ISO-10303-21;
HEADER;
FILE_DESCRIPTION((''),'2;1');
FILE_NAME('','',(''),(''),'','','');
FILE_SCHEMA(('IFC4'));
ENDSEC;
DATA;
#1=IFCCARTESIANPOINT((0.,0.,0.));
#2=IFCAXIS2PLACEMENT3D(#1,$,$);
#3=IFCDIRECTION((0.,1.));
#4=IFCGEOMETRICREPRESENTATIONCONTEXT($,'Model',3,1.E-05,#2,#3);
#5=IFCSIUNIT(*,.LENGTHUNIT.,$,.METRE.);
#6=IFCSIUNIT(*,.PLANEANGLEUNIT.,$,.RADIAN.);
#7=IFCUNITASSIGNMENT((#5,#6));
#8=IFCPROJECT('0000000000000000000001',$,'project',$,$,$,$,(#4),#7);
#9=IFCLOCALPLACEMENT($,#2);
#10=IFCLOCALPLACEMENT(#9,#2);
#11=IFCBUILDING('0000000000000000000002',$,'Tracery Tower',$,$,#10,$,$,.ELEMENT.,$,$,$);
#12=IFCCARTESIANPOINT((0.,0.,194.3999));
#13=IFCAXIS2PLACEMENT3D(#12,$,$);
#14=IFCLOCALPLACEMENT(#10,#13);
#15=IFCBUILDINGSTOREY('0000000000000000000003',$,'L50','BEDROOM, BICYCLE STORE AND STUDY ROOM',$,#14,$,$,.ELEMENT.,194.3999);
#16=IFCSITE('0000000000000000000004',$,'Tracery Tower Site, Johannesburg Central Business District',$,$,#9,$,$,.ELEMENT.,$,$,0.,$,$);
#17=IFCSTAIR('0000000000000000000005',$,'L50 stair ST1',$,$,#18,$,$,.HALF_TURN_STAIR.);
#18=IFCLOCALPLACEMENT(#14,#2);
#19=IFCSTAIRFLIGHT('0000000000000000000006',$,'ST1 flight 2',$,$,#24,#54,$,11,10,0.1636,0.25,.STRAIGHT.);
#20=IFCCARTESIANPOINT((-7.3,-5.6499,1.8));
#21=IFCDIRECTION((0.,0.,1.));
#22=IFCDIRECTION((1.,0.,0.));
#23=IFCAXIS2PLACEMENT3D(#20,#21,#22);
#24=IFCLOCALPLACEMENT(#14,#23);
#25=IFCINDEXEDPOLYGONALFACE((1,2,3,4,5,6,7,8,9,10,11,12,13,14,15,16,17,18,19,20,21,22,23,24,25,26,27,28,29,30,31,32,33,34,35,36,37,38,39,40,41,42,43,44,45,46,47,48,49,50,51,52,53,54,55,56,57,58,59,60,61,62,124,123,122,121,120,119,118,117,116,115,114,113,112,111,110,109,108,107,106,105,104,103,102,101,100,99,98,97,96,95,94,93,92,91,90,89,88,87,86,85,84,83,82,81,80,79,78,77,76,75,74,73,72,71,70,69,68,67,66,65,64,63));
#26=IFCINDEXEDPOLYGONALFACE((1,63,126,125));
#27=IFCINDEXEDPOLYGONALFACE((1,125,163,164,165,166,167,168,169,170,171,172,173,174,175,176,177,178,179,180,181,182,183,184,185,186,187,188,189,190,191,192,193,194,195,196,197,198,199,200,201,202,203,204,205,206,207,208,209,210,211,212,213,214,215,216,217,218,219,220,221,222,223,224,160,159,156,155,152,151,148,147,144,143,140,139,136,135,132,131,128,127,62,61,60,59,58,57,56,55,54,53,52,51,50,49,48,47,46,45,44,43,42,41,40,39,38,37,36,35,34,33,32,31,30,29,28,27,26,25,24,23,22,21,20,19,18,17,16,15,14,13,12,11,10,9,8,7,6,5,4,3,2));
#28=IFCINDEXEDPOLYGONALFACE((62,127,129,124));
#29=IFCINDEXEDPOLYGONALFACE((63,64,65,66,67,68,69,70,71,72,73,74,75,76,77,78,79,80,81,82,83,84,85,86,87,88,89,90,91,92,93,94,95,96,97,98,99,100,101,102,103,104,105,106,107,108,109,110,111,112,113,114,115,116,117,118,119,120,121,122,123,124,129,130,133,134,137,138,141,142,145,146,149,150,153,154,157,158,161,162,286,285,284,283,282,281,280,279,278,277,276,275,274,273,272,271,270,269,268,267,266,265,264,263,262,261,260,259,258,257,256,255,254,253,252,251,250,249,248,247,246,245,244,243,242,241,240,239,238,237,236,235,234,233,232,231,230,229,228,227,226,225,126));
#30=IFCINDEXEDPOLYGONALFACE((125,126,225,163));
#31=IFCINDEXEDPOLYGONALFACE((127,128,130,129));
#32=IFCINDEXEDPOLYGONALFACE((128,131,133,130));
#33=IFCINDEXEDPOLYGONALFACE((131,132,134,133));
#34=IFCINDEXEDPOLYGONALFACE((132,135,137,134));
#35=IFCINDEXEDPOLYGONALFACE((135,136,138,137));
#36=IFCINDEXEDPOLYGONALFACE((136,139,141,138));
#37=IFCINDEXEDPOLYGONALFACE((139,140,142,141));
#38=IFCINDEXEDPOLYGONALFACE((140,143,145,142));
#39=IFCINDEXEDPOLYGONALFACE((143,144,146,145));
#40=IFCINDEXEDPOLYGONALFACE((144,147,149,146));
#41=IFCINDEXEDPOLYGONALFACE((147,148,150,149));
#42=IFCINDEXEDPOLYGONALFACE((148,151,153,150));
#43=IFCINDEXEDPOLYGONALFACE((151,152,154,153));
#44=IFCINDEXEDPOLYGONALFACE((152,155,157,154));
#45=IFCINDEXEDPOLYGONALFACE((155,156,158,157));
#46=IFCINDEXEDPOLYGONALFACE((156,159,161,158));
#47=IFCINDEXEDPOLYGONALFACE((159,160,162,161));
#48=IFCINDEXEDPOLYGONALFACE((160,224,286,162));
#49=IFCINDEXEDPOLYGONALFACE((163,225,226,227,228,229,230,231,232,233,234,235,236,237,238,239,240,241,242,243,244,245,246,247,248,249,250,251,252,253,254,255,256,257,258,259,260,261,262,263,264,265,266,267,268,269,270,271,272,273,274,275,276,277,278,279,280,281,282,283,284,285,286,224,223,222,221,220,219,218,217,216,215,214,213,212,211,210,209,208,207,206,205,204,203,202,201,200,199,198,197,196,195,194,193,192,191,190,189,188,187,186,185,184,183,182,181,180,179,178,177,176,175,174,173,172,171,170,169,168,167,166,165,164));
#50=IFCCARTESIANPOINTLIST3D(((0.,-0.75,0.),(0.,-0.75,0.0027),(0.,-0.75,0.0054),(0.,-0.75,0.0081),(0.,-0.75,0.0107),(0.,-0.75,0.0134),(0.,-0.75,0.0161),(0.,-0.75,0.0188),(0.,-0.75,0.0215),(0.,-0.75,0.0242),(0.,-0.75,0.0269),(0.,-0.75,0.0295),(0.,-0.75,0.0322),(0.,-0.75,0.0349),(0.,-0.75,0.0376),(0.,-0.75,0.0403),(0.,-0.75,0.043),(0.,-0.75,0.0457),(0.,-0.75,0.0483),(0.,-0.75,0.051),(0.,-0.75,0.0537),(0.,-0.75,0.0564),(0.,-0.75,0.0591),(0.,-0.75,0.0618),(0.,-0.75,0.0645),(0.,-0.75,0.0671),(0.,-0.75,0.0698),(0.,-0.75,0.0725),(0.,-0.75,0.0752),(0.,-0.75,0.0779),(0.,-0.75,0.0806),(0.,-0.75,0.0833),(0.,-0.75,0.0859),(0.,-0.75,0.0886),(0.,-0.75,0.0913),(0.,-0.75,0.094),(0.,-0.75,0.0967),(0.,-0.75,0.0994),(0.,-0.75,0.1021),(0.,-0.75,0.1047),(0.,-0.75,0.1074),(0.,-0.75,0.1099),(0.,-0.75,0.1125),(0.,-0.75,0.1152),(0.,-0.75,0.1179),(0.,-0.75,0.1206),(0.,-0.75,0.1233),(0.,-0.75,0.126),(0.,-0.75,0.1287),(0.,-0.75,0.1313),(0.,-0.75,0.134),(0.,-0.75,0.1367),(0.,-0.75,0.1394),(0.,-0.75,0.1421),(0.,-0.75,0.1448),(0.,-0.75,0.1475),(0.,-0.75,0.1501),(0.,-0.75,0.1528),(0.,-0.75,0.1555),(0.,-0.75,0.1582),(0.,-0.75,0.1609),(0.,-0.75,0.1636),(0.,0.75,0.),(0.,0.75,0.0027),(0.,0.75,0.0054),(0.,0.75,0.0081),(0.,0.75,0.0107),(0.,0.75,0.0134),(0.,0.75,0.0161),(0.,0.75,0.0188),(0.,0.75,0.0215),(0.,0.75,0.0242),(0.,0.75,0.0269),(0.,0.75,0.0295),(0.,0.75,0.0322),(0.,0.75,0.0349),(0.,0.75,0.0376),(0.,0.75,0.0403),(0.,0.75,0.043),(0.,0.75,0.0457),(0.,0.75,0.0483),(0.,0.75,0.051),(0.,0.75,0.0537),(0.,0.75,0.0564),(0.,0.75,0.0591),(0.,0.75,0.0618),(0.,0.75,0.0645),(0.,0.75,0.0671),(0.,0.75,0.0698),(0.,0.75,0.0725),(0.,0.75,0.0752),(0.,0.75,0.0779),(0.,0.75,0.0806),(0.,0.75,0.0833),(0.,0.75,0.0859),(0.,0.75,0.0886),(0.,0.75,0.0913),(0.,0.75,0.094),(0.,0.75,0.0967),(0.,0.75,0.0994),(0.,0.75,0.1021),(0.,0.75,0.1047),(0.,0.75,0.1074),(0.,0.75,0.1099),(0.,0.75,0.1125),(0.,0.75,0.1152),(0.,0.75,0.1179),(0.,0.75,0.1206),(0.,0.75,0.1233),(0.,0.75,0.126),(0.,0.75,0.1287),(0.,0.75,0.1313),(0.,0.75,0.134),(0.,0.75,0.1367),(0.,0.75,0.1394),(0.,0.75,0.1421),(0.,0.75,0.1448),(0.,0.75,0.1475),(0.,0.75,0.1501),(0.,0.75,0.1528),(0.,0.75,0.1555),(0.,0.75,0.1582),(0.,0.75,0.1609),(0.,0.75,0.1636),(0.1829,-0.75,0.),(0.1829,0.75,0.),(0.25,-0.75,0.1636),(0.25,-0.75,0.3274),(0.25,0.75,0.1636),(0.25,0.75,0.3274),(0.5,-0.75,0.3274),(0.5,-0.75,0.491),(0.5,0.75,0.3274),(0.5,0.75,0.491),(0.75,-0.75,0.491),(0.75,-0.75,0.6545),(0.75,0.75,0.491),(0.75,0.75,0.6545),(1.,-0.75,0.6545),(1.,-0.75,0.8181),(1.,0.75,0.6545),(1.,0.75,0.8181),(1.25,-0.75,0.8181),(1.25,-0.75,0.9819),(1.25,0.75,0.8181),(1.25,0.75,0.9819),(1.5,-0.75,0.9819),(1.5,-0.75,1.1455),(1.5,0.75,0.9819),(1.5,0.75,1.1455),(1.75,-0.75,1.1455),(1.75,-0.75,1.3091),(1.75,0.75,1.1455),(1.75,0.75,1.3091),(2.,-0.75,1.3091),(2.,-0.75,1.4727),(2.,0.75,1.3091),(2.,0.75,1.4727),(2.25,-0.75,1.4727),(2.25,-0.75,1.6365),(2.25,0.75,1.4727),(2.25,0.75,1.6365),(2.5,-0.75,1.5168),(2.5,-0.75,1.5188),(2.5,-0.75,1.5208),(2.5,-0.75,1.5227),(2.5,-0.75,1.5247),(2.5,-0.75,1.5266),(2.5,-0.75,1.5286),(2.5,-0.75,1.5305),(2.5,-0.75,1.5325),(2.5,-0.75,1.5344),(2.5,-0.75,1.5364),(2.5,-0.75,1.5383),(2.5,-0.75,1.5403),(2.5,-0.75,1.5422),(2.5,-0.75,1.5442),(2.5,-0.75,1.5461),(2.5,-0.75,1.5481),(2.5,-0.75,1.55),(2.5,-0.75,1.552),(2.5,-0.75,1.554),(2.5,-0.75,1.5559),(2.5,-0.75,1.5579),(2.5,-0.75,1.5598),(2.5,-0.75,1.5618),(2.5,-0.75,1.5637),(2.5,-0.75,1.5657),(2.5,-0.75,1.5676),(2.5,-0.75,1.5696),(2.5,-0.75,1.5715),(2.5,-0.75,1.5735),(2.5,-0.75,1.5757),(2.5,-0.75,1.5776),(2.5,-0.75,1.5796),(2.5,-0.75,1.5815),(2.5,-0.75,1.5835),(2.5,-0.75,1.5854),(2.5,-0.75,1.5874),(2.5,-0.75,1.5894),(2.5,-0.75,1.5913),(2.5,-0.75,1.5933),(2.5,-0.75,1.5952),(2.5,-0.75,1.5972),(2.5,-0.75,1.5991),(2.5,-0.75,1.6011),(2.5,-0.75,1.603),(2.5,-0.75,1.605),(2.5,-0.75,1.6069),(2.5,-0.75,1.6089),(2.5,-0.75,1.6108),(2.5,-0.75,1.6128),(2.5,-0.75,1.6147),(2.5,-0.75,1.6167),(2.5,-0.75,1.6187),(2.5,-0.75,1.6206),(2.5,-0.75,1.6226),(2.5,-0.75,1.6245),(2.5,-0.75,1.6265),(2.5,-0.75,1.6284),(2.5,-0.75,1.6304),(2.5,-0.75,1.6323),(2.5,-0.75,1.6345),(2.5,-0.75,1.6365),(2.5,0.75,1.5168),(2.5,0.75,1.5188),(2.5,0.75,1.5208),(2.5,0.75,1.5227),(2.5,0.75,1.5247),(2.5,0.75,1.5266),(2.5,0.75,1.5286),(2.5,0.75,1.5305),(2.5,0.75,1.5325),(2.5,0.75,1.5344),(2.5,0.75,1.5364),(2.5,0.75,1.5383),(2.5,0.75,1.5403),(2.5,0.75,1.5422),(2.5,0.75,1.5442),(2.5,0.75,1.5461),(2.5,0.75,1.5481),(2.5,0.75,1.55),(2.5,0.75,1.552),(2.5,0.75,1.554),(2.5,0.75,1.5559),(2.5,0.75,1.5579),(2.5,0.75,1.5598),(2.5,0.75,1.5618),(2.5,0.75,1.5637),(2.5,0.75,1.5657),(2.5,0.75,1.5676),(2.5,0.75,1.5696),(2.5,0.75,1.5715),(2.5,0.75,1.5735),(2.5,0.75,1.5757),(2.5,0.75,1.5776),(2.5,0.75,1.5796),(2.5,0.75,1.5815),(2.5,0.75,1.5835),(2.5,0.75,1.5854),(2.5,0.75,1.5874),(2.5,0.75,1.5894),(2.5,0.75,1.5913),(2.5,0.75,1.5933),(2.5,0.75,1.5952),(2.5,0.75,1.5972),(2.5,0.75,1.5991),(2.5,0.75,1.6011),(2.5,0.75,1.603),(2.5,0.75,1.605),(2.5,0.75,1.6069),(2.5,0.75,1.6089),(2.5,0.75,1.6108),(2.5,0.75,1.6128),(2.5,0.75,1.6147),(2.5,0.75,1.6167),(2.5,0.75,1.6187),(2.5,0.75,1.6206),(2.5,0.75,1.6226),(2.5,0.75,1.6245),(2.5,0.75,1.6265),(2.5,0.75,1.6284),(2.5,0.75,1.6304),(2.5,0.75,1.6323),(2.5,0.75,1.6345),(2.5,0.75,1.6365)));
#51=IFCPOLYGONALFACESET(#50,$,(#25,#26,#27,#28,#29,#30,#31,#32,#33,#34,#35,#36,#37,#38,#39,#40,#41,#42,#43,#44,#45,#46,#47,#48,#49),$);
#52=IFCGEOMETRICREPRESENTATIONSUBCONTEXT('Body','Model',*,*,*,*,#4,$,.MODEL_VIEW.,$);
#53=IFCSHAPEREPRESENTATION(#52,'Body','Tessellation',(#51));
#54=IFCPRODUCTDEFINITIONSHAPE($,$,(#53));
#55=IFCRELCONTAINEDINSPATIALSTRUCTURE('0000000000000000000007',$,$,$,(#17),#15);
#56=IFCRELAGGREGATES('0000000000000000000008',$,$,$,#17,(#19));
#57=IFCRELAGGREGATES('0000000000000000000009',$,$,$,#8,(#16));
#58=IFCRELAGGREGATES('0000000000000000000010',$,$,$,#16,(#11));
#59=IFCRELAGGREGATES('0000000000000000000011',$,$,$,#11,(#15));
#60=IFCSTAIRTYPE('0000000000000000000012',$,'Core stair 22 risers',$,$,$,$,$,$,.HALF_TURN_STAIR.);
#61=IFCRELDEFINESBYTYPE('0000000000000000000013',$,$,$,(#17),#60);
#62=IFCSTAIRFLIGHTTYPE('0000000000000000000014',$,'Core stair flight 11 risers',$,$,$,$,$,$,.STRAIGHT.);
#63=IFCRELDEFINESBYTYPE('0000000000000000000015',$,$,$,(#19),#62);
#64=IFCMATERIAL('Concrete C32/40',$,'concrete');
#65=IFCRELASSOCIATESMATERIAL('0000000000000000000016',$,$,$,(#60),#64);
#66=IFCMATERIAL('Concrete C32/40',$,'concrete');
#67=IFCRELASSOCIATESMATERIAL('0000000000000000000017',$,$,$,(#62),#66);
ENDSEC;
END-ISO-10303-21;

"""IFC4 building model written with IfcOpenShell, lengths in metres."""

from ifc_helpers import new_model, si_unit, direction, frame, origin, place, context, subcontext, project, spatial, polyline, outline, extrude, material, type_object, element, aggregate, save


model = new_model("IFC4")

# Units and contexts
model_context = context("Model", 3, precision=1e-05, world=origin(), true_north=direction((0.0, 1.0)))
body_context = subcontext(model_context, "Body", "Model", "MODEL_VIEW")
ifc_project = project(units=[si_unit("LENGTHUNIT", "METRE"), si_unit("PLANEANGLEUNIT", "RADIAN")], contexts=[model_context])

# Site, building, storey
site_placement = place(None, origin())
site = spatial("IfcSite", under=ifc_project, at=site_placement, Name="Tracery Tower Site, Johannesburg Central Business District", CompositionType="ELEMENT", RefElevation=0.0)
building_placement = place(site_placement, origin())
building = spatial("IfcBuilding", under=site, at=building_placement, Name="Tracery Tower", CompositionType="ELEMENT")
storey_placement = place(building_placement, frame((0.0, 0.0, 194.3999)))
storey = spatial("IfcBuildingStorey", under=building, at=storey_placement, Name="L50", Description="BEDROOM, BICYCLE STORE AND STUDY ROOM", CompositionType="ELEMENT", Elevation=194.3999)

# Stair, stair flight
ifc_material_1 = material(Name="Concrete C32/40", Category="concrete")
stair_type = type_object("IfcStairType", Name="Core stair 22 risers", PredefinedType="HALF_TURN_STAIR", material=ifc_material_1)
stair_placement = place(storey_placement, origin())
stair = element("IfcStair", 1, at=stair_placement, inside=storey, type_object=stair_type, Name="L50 stair ST1", PredefinedType="HALF_TURN_STAIR")
ifc_material_2 = material(Name="Concrete C32/40", Category="concrete")
stair_flight_type = type_object("IfcStairFlightType", Name="Core stair flight 11 risers", PredefinedType="STRAIGHT", material=ifc_material_2)
stair_flight_1_placement = place(storey_placement, frame((-7.3, -5.6499, 1.8), z_axis=(0.0, 0.0, 1.0), x_axis=(1.0, 0.0, 0.0)))
stair_flight_1 = element("IfcStairFlight", 2, at=stair_flight_1_placement, type_object=stair_flight_type, Name="ST1 flight 2", NumberOfRisers=11, NumberOfTreads=10, PredefinedType="STRAIGHT", RiserHeight=0.1636, TreadLength=0.25, context=body_context, shape_type="SweptSolid", body=[
    extrude(outline(polyline([(0.0, 0.0), (0.0, 0.0027), (0.0, 0.0054), (0.0, 0.0081), (0.0, 0.0107), (0.0, 0.0134), (0.0, 0.0161), (0.0, 0.0188), (0.0, 0.0215), (0.0, 0.0242), (0.0, 0.0269), (0.0, 0.0295), (0.0, 0.0322), (0.0, 0.0349), (0.0, 0.0376), (0.0, 0.0403), (0.0, 0.043), (0.0, 0.0457), (0.0, 0.0483), (0.0, 0.051), (0.0, 0.0537), (0.0, 0.0564), (0.0, 0.0591), (0.0, 0.0618), (0.0, 0.0645), (0.0, 0.0671), (0.0, 0.0698), (0.0, 0.0725), (0.0, 0.0752), (0.0, 0.0779), (0.0, 0.0806), (0.0, 0.0833), (0.0, 0.0859), (0.0, 0.0886), (0.0, 0.0913), (0.0, 0.094), (0.0, 0.0967), (0.0, 0.0994), (0.0, 0.1021), (0.0, 0.1047), (0.0, 0.1074), (0.0, 0.1099), (0.0, 0.1125), (0.0, 0.1152), (0.0, 0.1179), (0.0, 0.1206), (0.0, 0.1233), (0.0, 0.126), (0.0, 0.1287), (0.0, 0.1313), (0.0, 0.134), (0.0, 0.1367), (0.0, 0.1394), (0.0, 0.1421), (0.0, 0.1448), (0.0, 0.1475), (0.0, 0.1501), (0.0, 0.1528), (0.0, 0.1555), (0.0, 0.1582), (0.0, 0.1609), (0.0, 0.1636), (0.25, 0.1636), (0.25, 0.3274), (0.5, 0.3274), (0.5, 0.491), (0.75, 0.491), (0.75, 0.6545), (1.0, 0.6545), (1.0, 0.8181), (1.25, 0.8181), (1.25, 0.9819), (1.5, 0.9819), (1.5, 1.1455), (1.75, 1.1455), (1.75, 1.3091), (2.0, 1.3091), (2.0, 1.4727), (2.25, 1.4727), (2.25, 1.6365), (2.5, 1.6365), (2.5, 1.6345), (2.5, 1.6323), (2.5, 1.6304), (2.5, 1.6284), (2.5, 1.6265), (2.5, 1.6245), (2.5, 1.6226), (2.5, 1.6206), (2.5, 1.6187), (2.5, 1.6167), (2.5, 1.6147), (2.5, 1.6128), (2.5, 1.6108), (2.5, 1.6089), (2.5, 1.6069), (2.5, 1.605), (2.5, 1.603), (2.5, 1.6011), (2.5, 1.5991), (2.5, 1.5972), (2.5, 1.5952), (2.5, 1.5933), (2.5, 1.5913), (2.5, 1.5894), (2.5, 1.5874), (2.5, 1.5854), (2.5, 1.5835), (2.5, 1.5815), (2.5, 1.5796), (2.5, 1.5776), (2.5, 1.5757), (2.5, 1.5735), (2.5, 1.5715), (2.5, 1.5696), (2.5, 1.5676), (2.5, 1.5657), (2.5, 1.5637), (2.5, 1.5618), (2.5, 1.5598), (2.5, 1.5579), (2.5, 1.5559), (2.5, 1.554), (2.5, 1.552), (2.5, 1.55), (2.5, 1.5481), (2.5, 1.5461), (2.5, 1.5442), (2.5, 1.5422), (2.5, 1.5403), (2.5, 1.5383), (2.5, 1.5364), (2.5, 1.5344), (2.5, 1.5325), (2.5, 1.5305), (2.5, 1.5286), (2.5, 1.5266), (2.5, 1.5247), (2.5, 1.5227), (2.5, 1.5208), (2.5, 1.5188), (2.5, 1.5168), (0.1829, 0.0), (0.0, 0.0)])), frame((0.0, 0.75, 0.0), z_axis=(0.0, -1.0, 0.0), x_axis=(1.0, 0.0, 0.0)), (0.0, 0.0, 1.0), 1.5),
])
aggregate(stair, [stair_flight_1])

save(model, "model.ifc")
